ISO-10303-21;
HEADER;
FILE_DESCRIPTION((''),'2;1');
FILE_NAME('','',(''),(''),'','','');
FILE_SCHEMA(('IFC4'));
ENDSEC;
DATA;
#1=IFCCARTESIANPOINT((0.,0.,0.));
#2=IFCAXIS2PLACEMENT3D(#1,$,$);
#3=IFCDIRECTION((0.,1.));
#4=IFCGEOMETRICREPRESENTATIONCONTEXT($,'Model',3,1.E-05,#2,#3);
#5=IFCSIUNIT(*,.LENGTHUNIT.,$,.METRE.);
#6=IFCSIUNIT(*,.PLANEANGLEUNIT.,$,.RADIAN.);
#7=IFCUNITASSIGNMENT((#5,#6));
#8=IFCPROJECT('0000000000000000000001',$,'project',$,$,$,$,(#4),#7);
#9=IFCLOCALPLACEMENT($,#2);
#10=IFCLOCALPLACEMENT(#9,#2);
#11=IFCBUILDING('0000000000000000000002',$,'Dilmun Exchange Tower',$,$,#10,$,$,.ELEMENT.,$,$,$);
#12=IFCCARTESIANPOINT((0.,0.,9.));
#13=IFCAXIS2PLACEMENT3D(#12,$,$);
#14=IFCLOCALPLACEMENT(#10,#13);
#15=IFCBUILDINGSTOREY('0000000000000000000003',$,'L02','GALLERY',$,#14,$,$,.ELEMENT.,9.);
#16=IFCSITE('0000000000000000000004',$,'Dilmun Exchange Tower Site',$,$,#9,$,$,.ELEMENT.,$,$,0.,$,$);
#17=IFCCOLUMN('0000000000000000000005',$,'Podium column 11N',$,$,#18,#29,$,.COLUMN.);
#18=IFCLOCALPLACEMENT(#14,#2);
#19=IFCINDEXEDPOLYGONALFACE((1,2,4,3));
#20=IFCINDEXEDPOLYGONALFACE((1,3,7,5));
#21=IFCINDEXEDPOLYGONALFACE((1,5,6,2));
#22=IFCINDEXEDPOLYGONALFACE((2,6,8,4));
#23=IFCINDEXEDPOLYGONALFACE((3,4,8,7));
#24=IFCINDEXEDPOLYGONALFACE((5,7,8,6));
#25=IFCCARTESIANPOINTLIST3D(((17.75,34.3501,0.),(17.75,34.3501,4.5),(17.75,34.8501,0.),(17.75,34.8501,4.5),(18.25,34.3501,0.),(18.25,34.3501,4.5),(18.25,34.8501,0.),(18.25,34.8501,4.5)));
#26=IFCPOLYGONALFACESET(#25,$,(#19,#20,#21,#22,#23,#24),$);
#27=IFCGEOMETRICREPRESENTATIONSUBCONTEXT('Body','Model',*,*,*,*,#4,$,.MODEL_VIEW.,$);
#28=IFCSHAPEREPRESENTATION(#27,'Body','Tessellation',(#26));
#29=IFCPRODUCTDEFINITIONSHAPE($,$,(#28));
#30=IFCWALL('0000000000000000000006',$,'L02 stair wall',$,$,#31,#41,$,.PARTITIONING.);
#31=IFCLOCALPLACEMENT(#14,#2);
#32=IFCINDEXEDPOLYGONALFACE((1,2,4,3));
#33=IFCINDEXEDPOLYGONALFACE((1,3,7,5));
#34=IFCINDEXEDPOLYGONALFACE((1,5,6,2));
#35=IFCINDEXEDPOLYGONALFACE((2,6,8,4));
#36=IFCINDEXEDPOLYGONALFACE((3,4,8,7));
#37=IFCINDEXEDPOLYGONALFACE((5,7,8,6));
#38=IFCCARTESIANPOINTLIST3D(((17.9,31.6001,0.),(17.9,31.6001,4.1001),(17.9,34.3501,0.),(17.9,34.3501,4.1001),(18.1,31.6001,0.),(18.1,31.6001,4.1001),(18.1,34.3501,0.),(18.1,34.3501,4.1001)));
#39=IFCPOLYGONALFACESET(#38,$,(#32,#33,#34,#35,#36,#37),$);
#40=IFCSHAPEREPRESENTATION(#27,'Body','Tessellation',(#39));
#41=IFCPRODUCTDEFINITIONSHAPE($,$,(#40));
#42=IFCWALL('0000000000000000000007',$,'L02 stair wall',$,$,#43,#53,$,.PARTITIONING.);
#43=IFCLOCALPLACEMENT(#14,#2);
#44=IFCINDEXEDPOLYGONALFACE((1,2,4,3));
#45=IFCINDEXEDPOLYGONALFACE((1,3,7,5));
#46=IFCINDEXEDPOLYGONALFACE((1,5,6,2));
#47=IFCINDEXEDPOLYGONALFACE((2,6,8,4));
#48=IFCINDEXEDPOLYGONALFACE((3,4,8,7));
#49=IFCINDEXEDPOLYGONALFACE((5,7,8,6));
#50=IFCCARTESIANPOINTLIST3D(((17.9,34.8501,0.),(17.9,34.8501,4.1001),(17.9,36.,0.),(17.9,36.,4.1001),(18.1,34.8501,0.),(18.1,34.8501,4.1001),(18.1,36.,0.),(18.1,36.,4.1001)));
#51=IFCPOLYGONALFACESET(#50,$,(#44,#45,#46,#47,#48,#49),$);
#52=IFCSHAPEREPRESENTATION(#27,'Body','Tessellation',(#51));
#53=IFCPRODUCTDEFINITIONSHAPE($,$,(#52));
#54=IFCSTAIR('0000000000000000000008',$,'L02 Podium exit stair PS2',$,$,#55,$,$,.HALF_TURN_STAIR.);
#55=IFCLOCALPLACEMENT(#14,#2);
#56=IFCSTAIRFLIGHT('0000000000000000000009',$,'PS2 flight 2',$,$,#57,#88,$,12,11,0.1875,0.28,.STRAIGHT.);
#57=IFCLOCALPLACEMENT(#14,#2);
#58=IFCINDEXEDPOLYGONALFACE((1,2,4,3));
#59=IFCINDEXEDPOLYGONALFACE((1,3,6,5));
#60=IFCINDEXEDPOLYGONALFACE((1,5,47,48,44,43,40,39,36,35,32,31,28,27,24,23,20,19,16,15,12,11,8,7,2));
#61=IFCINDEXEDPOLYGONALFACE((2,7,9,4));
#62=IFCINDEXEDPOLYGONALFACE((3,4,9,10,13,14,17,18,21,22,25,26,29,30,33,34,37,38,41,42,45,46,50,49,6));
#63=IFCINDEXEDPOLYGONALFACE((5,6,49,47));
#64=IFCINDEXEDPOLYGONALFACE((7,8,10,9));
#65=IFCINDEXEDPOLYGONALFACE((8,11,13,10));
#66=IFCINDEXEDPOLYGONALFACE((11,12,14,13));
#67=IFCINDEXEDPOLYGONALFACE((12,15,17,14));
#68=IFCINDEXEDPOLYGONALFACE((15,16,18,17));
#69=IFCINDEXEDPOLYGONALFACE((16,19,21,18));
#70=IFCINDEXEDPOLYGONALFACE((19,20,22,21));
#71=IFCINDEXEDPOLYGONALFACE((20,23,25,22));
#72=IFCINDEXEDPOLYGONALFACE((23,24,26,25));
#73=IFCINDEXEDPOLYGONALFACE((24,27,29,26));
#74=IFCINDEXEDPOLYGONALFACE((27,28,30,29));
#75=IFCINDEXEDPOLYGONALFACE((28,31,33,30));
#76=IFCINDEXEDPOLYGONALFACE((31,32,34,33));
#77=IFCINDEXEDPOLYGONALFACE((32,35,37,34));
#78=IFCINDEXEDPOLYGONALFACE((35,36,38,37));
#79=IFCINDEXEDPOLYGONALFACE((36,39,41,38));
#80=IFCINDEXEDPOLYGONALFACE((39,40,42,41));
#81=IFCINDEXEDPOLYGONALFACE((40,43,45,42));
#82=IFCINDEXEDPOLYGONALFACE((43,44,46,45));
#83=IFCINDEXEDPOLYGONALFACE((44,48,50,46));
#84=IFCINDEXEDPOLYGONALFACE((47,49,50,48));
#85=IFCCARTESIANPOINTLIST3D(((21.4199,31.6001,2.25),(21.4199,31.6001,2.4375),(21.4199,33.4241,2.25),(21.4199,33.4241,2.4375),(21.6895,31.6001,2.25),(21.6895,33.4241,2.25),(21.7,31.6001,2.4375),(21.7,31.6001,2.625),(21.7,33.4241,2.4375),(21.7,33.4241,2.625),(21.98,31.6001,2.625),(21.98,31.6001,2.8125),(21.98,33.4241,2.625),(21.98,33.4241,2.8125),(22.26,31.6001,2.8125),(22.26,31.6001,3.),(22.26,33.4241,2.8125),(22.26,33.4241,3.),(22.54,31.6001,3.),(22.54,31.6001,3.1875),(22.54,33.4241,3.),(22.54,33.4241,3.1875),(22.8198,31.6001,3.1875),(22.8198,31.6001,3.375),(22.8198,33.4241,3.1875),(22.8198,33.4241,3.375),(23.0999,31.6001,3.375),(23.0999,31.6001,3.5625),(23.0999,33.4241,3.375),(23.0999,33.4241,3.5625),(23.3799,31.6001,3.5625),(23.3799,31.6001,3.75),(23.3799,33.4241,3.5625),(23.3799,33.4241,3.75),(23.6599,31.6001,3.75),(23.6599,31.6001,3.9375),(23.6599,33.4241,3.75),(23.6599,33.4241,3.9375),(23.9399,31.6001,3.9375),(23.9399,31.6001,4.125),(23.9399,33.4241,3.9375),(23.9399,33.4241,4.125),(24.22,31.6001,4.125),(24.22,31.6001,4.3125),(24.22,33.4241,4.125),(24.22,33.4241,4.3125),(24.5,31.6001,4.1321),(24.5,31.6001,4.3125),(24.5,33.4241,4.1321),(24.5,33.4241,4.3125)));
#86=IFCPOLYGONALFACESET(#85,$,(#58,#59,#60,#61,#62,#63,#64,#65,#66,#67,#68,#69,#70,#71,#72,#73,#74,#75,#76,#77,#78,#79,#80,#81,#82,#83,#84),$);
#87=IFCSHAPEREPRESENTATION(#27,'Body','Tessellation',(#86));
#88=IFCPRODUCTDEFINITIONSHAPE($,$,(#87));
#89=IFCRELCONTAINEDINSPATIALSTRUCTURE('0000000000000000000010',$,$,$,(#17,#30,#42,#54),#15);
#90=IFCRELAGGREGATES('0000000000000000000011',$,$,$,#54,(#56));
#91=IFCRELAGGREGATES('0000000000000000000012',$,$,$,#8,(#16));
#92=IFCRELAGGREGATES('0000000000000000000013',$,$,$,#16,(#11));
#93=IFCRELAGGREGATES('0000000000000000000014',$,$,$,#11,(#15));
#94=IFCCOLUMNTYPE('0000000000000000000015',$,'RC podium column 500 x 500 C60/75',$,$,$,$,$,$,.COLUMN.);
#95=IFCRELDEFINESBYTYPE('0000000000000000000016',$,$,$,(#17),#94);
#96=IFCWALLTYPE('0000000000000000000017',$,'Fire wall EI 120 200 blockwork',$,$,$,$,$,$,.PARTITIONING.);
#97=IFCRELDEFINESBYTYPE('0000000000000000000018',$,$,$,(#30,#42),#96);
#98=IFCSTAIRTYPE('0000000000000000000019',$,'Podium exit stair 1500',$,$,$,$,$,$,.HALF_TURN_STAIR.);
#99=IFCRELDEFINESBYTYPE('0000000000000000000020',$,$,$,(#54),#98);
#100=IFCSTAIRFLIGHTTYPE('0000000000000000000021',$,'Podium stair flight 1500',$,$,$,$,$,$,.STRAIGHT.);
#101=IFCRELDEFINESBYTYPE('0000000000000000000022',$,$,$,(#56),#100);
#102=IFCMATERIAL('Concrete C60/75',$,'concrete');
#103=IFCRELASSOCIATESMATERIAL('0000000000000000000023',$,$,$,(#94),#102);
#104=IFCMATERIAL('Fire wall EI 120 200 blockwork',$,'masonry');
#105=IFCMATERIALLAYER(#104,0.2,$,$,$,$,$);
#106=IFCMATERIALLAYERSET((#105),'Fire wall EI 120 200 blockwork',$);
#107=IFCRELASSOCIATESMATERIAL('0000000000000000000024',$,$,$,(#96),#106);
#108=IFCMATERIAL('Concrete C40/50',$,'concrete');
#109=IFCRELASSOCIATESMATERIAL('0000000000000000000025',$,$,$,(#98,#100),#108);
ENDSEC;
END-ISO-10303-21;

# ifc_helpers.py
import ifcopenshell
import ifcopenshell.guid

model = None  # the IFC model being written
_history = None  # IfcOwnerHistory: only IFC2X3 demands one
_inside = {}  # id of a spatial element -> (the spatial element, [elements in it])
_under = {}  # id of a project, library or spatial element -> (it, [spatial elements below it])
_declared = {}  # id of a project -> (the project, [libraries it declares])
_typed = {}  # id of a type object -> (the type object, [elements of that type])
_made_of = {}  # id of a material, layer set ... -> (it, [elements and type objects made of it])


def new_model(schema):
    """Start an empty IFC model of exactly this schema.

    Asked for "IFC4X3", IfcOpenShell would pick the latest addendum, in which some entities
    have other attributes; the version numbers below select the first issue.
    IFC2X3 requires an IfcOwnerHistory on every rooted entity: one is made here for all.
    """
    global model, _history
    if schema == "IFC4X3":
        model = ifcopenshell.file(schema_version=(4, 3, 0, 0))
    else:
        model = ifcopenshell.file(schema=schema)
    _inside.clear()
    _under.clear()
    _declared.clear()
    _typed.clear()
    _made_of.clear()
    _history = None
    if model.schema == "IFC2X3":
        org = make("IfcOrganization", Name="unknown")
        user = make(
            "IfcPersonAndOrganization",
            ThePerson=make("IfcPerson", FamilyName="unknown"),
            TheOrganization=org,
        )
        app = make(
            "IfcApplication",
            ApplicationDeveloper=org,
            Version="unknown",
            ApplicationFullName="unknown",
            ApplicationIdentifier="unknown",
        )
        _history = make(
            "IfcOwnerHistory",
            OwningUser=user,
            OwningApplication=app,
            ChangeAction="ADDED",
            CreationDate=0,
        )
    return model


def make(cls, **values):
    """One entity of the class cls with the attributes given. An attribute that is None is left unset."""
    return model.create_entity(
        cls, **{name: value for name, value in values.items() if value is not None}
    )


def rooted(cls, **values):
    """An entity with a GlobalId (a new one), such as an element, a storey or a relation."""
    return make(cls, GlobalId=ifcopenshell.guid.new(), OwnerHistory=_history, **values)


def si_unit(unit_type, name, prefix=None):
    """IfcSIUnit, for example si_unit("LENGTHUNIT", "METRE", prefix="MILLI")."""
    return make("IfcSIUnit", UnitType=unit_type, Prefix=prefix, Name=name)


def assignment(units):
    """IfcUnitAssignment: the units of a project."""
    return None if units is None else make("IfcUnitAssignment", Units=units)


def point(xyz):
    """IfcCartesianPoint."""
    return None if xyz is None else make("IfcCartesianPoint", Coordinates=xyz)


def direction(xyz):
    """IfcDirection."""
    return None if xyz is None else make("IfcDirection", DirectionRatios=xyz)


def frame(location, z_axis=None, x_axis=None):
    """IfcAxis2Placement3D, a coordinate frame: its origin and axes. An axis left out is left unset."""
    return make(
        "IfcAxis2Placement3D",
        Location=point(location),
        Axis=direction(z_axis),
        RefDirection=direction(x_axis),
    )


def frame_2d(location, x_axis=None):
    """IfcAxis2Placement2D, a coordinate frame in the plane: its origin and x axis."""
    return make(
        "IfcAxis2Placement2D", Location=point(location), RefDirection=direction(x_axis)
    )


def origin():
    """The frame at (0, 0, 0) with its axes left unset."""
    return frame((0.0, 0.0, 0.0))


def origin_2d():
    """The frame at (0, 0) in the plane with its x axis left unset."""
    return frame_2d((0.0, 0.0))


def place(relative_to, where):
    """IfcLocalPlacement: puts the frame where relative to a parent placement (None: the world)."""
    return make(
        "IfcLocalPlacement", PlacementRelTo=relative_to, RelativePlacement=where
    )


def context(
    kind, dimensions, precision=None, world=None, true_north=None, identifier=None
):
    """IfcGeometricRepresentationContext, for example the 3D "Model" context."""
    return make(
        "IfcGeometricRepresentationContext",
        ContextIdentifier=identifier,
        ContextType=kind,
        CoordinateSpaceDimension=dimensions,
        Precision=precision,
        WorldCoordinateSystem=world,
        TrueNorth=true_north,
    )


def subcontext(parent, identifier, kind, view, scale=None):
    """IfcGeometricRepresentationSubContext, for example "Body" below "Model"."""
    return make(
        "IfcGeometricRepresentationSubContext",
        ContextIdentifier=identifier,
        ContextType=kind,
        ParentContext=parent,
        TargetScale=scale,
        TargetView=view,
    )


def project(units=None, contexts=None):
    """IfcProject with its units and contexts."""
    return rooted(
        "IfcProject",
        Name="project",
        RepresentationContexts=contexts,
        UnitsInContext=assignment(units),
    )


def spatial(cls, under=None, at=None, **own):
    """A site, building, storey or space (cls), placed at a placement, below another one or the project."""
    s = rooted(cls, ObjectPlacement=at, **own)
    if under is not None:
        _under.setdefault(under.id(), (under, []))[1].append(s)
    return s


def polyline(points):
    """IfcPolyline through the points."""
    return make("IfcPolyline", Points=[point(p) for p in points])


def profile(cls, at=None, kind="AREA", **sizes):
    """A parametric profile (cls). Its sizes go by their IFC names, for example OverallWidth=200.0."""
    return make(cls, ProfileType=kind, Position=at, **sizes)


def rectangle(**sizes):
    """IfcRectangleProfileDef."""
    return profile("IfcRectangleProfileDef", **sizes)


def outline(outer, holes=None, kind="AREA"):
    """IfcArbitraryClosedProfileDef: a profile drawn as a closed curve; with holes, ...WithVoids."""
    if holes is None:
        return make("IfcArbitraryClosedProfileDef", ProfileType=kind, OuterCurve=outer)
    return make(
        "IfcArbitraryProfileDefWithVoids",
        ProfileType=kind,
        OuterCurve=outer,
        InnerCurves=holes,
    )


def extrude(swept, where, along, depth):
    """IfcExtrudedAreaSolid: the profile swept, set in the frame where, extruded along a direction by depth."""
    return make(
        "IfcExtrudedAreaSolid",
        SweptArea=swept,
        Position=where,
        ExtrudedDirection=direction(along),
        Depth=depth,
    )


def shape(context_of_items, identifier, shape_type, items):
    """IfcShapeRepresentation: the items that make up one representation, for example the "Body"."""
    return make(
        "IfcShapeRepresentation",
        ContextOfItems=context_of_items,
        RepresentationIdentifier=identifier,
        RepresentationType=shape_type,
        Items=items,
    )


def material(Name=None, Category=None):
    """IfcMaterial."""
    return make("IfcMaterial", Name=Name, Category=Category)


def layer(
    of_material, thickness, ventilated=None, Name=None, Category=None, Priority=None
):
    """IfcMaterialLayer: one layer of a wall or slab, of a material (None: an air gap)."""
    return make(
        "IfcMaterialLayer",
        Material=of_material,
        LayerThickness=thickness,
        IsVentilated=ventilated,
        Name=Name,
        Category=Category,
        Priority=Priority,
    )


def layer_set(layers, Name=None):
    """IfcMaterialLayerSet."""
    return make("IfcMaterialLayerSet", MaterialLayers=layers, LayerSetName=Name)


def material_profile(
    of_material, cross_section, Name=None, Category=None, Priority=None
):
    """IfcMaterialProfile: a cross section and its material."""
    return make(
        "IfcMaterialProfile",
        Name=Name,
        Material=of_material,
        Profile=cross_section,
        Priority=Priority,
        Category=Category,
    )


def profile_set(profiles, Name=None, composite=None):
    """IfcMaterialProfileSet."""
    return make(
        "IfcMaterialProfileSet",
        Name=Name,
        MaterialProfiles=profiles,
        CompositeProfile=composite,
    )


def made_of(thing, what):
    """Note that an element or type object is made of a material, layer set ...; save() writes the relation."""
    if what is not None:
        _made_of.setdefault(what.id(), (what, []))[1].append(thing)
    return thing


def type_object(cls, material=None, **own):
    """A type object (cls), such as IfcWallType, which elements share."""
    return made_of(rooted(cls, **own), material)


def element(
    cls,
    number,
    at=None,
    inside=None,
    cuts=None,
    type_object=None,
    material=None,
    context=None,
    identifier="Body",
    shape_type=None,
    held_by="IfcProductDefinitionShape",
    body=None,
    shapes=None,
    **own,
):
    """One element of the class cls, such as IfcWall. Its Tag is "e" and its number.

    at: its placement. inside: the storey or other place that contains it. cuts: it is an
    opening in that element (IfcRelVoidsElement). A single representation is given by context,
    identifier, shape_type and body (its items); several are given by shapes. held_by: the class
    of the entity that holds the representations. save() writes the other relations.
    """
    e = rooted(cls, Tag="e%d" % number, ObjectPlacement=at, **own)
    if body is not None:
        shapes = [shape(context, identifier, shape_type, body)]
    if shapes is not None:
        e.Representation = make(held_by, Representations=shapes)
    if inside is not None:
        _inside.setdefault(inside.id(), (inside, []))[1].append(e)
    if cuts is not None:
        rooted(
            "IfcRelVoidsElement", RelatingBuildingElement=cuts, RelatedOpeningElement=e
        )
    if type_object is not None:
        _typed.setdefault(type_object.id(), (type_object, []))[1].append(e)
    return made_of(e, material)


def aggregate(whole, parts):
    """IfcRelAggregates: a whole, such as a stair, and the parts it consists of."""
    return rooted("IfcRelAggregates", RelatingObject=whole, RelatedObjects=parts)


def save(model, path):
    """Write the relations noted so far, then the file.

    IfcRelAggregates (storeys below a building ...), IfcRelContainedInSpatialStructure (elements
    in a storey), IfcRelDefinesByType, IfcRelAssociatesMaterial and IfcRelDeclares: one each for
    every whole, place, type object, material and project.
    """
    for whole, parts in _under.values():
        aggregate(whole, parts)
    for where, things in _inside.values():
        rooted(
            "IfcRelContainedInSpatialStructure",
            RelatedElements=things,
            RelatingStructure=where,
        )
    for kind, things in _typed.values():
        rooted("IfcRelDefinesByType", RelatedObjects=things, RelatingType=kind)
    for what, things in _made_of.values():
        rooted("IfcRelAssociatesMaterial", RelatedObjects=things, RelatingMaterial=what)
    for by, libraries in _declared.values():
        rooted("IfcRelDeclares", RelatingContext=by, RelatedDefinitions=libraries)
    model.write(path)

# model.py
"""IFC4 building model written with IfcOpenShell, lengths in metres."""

from ifc_helpers import new_model, si_unit, direction, frame, frame_2d, origin, origin_2d, place, context, subcontext, project, spatial, polyline, rectangle, outline, extrude, material, layer, layer_set, material_profile, profile_set, type_object, element, aggregate, save


model = new_model("IFC4")

# Units and contexts
model_context = context("Model", 3, precision=1e-05, world=origin(), true_north=direction((0.0, 1.0)))
body_context = subcontext(model_context, "Body", "Model", "MODEL_VIEW")
ifc_project = project(units=[si_unit("LENGTHUNIT", "METRE"), si_unit("PLANEANGLEUNIT", "RADIAN")], contexts=[model_context])

# Site, building, storey
site_placement = place(None, origin())
site = spatial("IfcSite", under=ifc_project, at=site_placement, Name="Dilmun Exchange Tower Site", CompositionType="ELEMENT", RefElevation=0.0)
building_placement = place(site_placement, origin())
building = spatial("IfcBuilding", under=site, at=building_placement, Name="Dilmun Exchange Tower", CompositionType="ELEMENT")
storey_placement = place(building_placement, frame((0.0, 0.0, 9.0)))
storey = spatial("IfcBuildingStorey", under=building, at=storey_placement, Name="L02", Description="GALLERY", CompositionType="ELEMENT", Elevation=9.0)

# Column
ifc_material_1 = material(Name="Concrete C60/75", Category="concrete")
ifc_material_profile = material_profile(ifc_material_1, rectangle(XDim=0.5, YDim=0.5, at=origin_2d()), Name="500 x 500")
ifc_profile_set = profile_set([ifc_material_profile], Name="Concrete C60/75")
column_type = type_object("IfcColumnType", Name="RC podium column 500 x 500 C60/75", PredefinedType="COLUMN", material=ifc_profile_set)
column_placement = place(storey_placement, frame((18.0, 34.6001, 0.0), z_axis=(0.0, 0.0, 1.0), x_axis=(1.0, 0.0, 0.0)))
element("IfcColumn", 1, at=column_placement, inside=storey, type_object=column_type, Name="Podium column 11N", PredefinedType="COLUMN", context=body_context, shape_type="SweptSolid", body=[
    extrude(rectangle(XDim=0.5, YDim=0.5, at=origin_2d()), origin(), (0.0, 0.0, 1.0), 4.5),
])

# Walls
ifc_material_2 = material(Name="Fire wall EI 120 200 blockwork", Category="masonry")
ifc_layer = layer(ifc_material_2, 0.2)
ifc_layer_set = layer_set([ifc_layer], Name="Fire wall EI 120 200 blockwork")
wall_type = type_object("IfcWallType", Name="Fire wall EI 120 200 blockwork", PredefinedType="PARTITIONING", material=ifc_layer_set)
wall_1_placement = place(storey_placement, frame((18.0, 31.6001, 0.0), z_axis=(0.0, 0.0, 1.0), x_axis=(0.0, 1.0, 0.0)))
element("IfcWall", 2, at=wall_1_placement, inside=storey, type_object=wall_type, Name="L02 stair wall", PredefinedType="PARTITIONING", context=body_context, shape_type="SweptSolid", body=[
    extrude(rectangle(XDim=2.75, YDim=0.2, at=frame_2d((1.375, 0.0))), origin(), (0.0, 0.0, 1.0), 4.1001),
])
wall_2_placement = place(storey_placement, frame((18.0, 34.8501, 0.0), z_axis=(0.0, 0.0, 1.0), x_axis=(0.0, 1.0, 0.0)))
element("IfcWall", 3, at=wall_2_placement, inside=storey, type_object=wall_type, Name="L02 stair wall", PredefinedType="PARTITIONING", context=body_context, shape_type="SweptSolid", body=[
    extrude(rectangle(XDim=1.1499, YDim=0.2, at=frame_2d((0.575, 0.0))), origin(), (0.0, 0.0, 1.0), 4.1001),
])

# Stair, stair flight
ifc_material_3 = material(Name="Concrete C40/50", Category="concrete")
stair_type = type_object("IfcStairType", Name="Podium exit stair 1500", PredefinedType="HALF_TURN_STAIR", material=ifc_material_3)
stair_placement = place(storey_placement, origin())
stair = element("IfcStair", 4, at=stair_placement, inside=storey, type_object=stair_type, Name="L02 Podium exit stair PS2", PredefinedType="HALF_TURN_STAIR")
stair_flight_type = type_object("IfcStairFlightType", Name="Podium stair flight 1500", PredefinedType="STRAIGHT", material=ifc_material_3)
stair_flight_placement = place(storey_placement, frame((21.4199, 32.512, 2.25), z_axis=(0.0, 0.0, 1.0), x_axis=(1.0, 0.0, 0.0)))
stair_flight = element("IfcStairFlight", 5, at=stair_flight_placement, type_object=stair_flight_type, Name="PS2 flight 2", NumberOfRisers=12, NumberOfTreads=11, PredefinedType="STRAIGHT", RiserHeight=0.1875, TreadLength=0.28, context=body_context, shape_type="SweptSolid", body=[
    extrude(outline(polyline([(0.0, 0.0), (0.0, 0.1875), (0.28, 0.1875), (0.28, 0.375), (0.5601, 0.375), (0.5601, 0.5625), (0.8401, 0.5625), (0.8401, 0.75), (1.1201, 0.75), (1.1201, 0.9375), (1.3999, 0.9375), (1.3999, 1.125), (1.6799, 1.125), (1.6799, 1.3125), (1.96, 1.3125), (1.96, 1.5), (2.24, 1.5), (2.24, 1.6875), (2.52, 1.6875), (2.52, 1.875), (2.8, 1.875), (2.8, 2.0625), (3.0801, 2.0625), (3.0801, 2.25), (3.0801, 1.8821), (0.2695, 0.0), (0.0, 0.0)])), frame((0.0, 0.9121, 0.0), z_axis=(0.0, -1.0, 0.0), x_axis=(1.0, 0.0, 0.0)), (0.0, 0.0, 1.0), 1.824),
])
aggregate(stair, [stair_flight])

save(model, "model.ifc")
